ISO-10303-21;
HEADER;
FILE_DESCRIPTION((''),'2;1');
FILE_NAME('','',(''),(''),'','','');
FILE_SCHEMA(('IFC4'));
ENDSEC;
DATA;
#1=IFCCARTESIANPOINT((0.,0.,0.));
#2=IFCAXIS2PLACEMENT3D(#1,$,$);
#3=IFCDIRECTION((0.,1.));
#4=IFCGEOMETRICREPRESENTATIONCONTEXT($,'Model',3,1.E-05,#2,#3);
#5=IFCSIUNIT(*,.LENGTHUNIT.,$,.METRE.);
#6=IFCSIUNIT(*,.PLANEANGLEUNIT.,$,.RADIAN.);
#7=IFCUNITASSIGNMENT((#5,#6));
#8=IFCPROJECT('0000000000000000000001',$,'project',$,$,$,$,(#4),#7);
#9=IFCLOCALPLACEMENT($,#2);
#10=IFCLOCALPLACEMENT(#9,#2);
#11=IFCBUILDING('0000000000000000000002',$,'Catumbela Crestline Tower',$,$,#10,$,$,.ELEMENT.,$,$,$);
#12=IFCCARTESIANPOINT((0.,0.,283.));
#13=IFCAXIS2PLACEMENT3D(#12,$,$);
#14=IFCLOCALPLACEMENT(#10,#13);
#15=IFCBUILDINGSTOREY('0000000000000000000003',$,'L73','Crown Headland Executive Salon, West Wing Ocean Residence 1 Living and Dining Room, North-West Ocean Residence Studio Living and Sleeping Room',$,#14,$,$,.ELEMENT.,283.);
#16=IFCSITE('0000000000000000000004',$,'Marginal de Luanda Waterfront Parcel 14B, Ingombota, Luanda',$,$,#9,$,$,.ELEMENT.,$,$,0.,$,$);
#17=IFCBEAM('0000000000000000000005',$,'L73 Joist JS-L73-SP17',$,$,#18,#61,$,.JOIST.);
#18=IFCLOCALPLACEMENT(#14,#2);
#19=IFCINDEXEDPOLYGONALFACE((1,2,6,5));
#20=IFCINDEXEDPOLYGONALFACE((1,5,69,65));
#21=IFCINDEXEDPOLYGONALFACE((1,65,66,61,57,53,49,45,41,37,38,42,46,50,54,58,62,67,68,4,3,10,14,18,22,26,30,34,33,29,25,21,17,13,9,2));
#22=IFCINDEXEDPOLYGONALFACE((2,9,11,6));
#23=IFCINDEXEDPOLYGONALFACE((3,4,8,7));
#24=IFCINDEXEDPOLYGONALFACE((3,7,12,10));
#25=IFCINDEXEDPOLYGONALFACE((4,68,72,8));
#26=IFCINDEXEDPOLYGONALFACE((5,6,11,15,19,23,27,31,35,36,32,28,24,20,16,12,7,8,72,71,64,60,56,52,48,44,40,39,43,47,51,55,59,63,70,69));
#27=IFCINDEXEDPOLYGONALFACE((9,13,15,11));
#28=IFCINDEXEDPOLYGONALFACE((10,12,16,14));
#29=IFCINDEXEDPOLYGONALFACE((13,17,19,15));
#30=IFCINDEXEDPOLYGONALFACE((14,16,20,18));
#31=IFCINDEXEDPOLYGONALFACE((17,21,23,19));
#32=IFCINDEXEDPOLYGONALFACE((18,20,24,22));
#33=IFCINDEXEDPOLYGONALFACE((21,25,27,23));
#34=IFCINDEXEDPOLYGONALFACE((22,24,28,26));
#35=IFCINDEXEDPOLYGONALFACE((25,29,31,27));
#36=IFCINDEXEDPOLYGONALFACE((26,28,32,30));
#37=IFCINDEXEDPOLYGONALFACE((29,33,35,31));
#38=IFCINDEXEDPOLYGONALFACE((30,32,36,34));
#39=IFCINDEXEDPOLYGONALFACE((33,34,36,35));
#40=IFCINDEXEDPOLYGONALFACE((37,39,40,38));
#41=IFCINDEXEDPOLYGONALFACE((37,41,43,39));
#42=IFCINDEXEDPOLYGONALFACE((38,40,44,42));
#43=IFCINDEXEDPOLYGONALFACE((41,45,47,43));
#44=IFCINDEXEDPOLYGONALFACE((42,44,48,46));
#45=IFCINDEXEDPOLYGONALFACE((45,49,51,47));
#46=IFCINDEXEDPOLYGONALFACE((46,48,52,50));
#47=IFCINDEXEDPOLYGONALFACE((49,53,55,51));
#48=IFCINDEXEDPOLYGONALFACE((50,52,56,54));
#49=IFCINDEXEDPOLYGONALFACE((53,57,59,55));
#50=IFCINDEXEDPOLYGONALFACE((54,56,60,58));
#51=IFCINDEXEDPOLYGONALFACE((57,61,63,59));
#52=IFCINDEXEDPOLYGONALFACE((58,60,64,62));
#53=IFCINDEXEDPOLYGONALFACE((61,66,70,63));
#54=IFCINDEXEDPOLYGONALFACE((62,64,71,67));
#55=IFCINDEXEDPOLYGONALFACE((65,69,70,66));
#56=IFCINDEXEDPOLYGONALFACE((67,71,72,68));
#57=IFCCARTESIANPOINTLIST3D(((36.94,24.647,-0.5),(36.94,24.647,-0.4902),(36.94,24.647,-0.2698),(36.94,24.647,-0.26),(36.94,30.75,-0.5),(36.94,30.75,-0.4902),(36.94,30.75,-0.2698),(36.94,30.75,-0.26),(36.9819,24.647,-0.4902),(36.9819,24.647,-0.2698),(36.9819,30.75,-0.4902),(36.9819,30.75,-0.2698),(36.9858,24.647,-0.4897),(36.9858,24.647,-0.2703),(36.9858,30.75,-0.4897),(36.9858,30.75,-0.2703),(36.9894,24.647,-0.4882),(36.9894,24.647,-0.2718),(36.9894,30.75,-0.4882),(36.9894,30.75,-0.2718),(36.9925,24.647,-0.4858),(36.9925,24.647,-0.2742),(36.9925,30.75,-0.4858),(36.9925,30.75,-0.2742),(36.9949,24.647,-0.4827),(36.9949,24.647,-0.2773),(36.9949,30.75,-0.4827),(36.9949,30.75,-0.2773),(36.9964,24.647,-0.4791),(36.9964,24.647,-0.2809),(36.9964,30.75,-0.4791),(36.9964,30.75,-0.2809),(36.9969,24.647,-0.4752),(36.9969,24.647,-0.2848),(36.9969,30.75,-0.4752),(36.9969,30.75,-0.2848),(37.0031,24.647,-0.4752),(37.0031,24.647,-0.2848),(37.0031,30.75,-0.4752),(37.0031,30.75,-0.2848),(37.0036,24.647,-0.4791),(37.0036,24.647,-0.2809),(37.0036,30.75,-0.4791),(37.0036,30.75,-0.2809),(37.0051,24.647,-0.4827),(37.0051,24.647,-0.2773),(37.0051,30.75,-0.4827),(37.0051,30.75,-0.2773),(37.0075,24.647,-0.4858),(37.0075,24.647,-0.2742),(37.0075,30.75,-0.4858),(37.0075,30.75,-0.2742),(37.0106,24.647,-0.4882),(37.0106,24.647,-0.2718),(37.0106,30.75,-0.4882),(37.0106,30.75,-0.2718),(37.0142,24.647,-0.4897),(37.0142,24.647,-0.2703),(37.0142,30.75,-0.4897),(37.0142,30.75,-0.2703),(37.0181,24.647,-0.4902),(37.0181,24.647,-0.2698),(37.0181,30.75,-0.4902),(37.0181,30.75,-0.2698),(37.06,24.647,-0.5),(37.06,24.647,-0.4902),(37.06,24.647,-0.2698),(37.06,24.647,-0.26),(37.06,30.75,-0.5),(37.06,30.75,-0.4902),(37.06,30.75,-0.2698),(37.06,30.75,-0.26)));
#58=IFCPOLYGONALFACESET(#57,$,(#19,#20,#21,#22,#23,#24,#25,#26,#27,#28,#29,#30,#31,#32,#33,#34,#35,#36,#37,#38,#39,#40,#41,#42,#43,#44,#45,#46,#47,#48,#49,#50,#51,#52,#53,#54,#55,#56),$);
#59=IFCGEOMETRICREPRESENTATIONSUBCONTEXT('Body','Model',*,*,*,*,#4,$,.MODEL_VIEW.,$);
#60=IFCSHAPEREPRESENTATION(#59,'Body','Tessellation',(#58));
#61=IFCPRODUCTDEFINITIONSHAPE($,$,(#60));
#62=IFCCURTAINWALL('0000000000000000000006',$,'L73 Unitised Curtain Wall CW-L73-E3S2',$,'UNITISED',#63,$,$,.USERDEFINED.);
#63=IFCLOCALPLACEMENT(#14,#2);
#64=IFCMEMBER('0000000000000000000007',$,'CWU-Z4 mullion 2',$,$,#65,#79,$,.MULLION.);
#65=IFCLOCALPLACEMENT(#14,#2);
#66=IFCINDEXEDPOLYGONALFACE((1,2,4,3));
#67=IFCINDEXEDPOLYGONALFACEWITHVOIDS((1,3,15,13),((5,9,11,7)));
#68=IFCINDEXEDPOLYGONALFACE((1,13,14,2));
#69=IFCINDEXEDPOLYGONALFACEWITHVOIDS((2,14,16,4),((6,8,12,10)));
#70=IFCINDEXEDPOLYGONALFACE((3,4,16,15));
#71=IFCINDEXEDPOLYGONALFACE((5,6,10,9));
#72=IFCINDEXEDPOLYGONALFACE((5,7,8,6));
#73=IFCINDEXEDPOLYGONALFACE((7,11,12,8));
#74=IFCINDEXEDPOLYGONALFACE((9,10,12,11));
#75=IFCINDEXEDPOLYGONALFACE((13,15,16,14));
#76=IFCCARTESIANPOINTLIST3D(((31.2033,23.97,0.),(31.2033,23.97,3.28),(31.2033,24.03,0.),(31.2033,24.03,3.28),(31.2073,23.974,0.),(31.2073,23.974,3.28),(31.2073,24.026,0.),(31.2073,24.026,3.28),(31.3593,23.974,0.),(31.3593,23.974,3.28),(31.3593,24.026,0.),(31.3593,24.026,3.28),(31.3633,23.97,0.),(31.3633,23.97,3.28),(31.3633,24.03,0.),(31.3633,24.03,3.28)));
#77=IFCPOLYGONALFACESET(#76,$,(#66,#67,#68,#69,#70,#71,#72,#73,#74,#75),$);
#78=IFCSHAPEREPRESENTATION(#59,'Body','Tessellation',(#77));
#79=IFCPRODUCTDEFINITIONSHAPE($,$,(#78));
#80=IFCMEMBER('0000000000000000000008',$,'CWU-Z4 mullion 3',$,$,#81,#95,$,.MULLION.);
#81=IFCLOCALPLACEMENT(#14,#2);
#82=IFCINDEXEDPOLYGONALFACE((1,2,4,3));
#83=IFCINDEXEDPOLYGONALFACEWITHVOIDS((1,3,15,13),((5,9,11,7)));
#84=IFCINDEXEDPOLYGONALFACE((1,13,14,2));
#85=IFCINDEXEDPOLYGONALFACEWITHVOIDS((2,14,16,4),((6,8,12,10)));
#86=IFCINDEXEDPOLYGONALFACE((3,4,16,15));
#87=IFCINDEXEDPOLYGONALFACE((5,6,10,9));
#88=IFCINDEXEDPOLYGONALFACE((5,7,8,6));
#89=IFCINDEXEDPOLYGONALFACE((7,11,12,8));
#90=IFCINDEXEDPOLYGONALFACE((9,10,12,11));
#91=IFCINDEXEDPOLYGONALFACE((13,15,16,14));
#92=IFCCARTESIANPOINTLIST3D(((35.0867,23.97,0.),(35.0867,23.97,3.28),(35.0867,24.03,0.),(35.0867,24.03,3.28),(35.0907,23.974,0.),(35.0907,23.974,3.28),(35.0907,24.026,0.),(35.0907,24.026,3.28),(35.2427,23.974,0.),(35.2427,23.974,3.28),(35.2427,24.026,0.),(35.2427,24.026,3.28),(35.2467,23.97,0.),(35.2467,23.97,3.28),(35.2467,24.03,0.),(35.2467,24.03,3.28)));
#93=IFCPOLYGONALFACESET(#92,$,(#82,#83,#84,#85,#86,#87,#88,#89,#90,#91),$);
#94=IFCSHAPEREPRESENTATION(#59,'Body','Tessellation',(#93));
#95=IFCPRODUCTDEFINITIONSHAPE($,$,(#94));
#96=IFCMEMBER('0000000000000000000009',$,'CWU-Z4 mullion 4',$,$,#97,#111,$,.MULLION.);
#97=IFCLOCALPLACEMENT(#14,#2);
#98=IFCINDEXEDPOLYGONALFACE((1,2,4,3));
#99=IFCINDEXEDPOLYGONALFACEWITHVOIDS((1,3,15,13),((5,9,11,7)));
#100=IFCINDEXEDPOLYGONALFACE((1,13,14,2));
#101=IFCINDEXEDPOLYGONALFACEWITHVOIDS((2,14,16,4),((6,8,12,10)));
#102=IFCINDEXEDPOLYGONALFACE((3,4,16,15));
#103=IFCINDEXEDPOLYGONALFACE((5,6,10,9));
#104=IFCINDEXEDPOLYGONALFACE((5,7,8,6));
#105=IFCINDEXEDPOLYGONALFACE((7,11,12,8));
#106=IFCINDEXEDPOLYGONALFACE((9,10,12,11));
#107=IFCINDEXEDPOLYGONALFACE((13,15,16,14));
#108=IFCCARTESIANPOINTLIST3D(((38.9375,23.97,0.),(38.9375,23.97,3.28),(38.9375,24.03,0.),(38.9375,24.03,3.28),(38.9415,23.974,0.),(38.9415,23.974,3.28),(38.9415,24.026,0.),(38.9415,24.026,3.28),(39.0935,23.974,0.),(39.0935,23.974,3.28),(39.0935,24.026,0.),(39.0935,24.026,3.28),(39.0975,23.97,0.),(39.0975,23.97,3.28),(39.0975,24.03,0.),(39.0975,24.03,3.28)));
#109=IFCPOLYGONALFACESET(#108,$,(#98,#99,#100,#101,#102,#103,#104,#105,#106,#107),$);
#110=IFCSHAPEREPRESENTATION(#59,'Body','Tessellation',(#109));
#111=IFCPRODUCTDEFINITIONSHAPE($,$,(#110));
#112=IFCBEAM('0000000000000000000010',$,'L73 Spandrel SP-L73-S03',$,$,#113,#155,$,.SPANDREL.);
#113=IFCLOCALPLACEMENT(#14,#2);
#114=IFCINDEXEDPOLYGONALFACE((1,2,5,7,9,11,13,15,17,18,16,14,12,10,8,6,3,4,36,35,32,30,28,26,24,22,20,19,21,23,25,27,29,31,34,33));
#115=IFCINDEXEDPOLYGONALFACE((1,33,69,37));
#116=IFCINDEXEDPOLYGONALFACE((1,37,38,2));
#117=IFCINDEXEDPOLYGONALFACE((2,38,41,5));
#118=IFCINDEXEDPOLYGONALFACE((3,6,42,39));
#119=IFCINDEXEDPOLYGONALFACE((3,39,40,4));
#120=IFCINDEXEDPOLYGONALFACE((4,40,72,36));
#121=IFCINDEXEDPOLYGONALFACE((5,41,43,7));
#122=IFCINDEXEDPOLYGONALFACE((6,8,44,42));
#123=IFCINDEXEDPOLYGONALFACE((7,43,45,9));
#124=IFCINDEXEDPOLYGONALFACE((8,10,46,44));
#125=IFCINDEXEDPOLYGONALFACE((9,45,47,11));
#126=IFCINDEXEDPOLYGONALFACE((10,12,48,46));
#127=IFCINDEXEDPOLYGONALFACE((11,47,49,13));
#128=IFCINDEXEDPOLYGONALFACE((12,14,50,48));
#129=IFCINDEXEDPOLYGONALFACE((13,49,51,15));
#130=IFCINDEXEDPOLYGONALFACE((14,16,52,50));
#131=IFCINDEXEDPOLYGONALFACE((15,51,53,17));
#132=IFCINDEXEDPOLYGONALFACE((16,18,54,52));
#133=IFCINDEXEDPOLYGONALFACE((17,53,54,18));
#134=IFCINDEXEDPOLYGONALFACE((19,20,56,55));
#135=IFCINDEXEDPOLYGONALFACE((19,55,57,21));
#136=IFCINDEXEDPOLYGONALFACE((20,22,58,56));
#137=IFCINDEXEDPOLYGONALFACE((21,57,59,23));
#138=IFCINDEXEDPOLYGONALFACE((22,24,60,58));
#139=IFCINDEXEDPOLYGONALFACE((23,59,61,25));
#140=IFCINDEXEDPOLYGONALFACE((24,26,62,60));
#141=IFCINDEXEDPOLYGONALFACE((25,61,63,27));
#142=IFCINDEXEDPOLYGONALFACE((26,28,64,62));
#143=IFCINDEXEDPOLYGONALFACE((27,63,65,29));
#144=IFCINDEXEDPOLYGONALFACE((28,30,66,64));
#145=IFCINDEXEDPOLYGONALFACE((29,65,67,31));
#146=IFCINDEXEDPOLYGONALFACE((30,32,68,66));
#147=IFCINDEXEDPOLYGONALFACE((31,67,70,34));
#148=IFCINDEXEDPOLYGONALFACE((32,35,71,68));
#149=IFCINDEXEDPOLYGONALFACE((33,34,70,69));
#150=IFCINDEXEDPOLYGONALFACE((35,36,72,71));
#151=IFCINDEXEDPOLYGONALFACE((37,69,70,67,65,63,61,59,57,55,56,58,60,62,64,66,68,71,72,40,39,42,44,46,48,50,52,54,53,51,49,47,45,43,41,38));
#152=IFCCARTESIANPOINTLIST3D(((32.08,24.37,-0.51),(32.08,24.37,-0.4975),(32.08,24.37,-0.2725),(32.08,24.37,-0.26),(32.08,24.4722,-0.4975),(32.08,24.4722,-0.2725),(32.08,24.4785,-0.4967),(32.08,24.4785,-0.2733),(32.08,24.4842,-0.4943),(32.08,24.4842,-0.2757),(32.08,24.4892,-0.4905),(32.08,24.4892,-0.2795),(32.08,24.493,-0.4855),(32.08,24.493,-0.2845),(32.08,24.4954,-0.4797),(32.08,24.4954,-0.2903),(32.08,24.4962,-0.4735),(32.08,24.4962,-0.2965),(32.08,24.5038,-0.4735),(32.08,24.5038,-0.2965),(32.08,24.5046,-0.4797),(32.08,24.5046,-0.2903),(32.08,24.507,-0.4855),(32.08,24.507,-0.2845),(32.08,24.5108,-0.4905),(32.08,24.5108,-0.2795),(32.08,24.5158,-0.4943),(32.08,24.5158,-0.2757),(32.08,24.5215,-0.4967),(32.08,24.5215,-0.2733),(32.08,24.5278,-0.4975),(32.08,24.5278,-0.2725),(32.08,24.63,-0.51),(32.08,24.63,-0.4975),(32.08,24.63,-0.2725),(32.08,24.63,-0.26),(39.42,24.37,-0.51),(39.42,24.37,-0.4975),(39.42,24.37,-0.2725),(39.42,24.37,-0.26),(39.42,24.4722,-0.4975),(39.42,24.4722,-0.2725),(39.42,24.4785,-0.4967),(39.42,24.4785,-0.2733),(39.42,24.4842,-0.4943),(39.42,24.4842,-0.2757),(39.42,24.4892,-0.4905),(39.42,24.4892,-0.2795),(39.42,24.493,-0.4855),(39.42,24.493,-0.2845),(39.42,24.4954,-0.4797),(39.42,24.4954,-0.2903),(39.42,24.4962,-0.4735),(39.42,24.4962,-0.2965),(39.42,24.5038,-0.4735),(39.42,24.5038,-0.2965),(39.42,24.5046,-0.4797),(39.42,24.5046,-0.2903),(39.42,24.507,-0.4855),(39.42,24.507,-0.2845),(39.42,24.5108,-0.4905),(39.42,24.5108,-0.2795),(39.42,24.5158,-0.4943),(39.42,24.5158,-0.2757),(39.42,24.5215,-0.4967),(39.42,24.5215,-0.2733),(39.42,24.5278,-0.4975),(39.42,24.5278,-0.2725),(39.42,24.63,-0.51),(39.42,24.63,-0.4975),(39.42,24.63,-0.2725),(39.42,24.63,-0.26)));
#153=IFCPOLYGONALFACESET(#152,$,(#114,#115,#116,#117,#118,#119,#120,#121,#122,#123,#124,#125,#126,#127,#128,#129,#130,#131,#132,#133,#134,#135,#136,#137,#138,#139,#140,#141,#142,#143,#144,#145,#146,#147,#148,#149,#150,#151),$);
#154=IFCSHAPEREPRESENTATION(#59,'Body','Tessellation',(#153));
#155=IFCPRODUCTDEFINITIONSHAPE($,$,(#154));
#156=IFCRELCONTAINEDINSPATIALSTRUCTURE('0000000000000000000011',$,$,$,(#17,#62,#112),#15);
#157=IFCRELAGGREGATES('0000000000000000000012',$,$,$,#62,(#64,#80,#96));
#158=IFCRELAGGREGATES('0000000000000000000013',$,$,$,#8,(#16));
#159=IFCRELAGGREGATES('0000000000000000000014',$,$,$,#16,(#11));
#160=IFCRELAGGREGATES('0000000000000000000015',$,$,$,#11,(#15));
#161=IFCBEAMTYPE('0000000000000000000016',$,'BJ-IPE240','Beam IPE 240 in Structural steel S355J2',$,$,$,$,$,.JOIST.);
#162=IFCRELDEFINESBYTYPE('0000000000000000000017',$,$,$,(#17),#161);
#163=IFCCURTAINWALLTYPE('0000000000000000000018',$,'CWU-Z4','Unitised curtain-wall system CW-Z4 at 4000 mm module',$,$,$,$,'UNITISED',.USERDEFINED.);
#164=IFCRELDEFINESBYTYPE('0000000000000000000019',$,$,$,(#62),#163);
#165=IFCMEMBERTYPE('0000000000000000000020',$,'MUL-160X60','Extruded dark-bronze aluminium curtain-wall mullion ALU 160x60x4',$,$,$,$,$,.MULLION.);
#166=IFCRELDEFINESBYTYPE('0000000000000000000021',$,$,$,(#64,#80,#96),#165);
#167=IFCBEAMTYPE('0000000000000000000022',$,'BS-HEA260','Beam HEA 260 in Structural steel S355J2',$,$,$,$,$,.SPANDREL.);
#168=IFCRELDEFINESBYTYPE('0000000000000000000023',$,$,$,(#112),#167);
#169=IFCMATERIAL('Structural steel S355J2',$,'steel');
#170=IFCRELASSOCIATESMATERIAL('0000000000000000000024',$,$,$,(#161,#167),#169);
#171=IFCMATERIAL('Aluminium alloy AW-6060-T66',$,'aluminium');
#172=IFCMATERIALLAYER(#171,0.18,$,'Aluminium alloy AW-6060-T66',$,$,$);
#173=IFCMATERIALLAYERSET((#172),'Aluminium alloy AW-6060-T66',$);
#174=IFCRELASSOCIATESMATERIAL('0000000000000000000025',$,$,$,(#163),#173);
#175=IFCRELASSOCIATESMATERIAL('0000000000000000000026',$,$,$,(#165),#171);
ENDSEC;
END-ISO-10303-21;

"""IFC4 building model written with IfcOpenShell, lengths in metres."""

from ifc_helpers import new_model, si_unit, direction, frame, origin, origin_2d, place, context, subcontext, project, spatial, hollow_rectangle, i_section, extrude, material, layer, layer_set, material_profile, profile_set, type_object, element, aggregate, save


model = new_model("IFC4")

# Units and contexts
model_context = context("Model", 3, precision=1e-05, world=origin(), true_north=direction((0.0, 1.0)))
body_context = subcontext(model_context, "Body", "Model", "MODEL_VIEW")
ifc_project = project(units=[si_unit("LENGTHUNIT", "METRE"), si_unit("PLANEANGLEUNIT", "RADIAN")], contexts=[model_context])

# Site, building, storey
site_placement = place(None, origin())
site = spatial("IfcSite", under=ifc_project, at=site_placement, Name="Marginal de Luanda Waterfront Parcel 14B, Ingombota, Luanda", CompositionType="ELEMENT", RefElevation=0.0)
building_placement = place(site_placement, origin())
building = spatial("IfcBuilding", under=site, at=building_placement, Name="Catumbela Crestline Tower", CompositionType="ELEMENT")
storey_placement = place(building_placement, frame((0.0, 0.0, 283.0)))
storey = spatial("IfcBuildingStorey", under=building, at=storey_placement, Name="L73", Description="Crown Headland Executive Salon, West Wing Ocean Residence 1 Living and Dining Room, North-West Ocean Residence Studio Living and Sleeping Room", CompositionType="ELEMENT", Elevation=283.0)

# Beam
ifc_material_1 = material(Name="Structural steel S355J2", Category="steel")
ifc_material_profile_1 = material_profile(ifc_material_1, i_section(OverallWidth=0.12, OverallDepth=0.24, WebThickness=0.0062, FlangeThickness=0.0098, FilletRadius=0.015, at=origin_2d()), Name="IPE 240")
ifc_profile_set_1 = profile_set([ifc_material_profile_1], Name="Structural steel S355J2")
beam_type_1 = type_object("IfcBeamType", Name="BJ-IPE240", Description="Beam IPE 240 in Structural steel S355J2", PredefinedType="JOIST", material=ifc_profile_set_1)
for number, where, z_axis, x_axis, name in (
    (1, (37.0, 24.647, -0.38), (0.0, 1.0, 0.0), (-1.0, 0.0, 0.0), "L73 Joist JS-L73-SP17"),
):
    element("IfcBeam", number, at=place(storey_placement, frame(where, z_axis=z_axis, x_axis=x_axis)), inside=storey, type_object=beam_type_1, Name=name, PredefinedType="JOIST", context=body_context, shape_type="SweptSolid", body=[
        extrude(i_section(OverallWidth=0.12, OverallDepth=0.24, WebThickness=0.0062, FlangeThickness=0.0098, FilletRadius=0.015, at=origin_2d()), origin(), (0.0, 0.0, 1.0), 6.103),
    ])

# Curtain wall, members
ifc_material_2 = material(Name="Aluminium alloy AW-6060-T66", Category="aluminium")
ifc_layer_1 = layer(ifc_material_2, 0.18, Name="Aluminium alloy AW-6060-T66")
ifc_layer_set_1 = layer_set([ifc_layer_1], Name="Aluminium alloy AW-6060-T66")
curtain_wall_type = type_object("IfcCurtainWallType", Name="CWU-Z4", Description="Unitised curtain-wall system CW-Z4 at 4000 mm module", ElementType="UNITISED", PredefinedType="USERDEFINED", material=ifc_layer_set_1)
curtain_wall_placement = place(storey_placement, origin())
curtain_wall = element("IfcCurtainWall", 2, at=curtain_wall_placement, inside=storey, type_object=curtain_wall_type, Name="L73 Unitised Curtain Wall CW-L73-E3S2", ObjectType="UNITISED", PredefinedType="USERDEFINED")
ifc_material_profile_2 = material_profile(ifc_material_2, hollow_rectangle(XDim=0.06, YDim=0.16, WallThickness=0.004, at=origin_2d()), Name="ALU 160x60x4")
ifc_profile_set_2 = profile_set([ifc_material_profile_2], Name="Aluminium alloy AW-6060-T66")
member_type_1 = type_object("IfcMemberType", Name="MUL-160X60", Description="Extruded dark-bronze aluminium curtain-wall mullion ALU 160x60x4", PredefinedType="MULLION", material=ifc_profile_set_2)
member_1_placement = place(storey_placement, frame((31.2833, 24.0, 0.0), z_axis=(0.0, 0.0, 1.0), x_axis=(0.0, 1.0, 0.0)))
member_1 = element("IfcMember", 3, at=member_1_placement, type_object=member_type_1, Name="CWU-Z4 mullion 2", PredefinedType="MULLION", context=body_context, shape_type="SweptSolid", body=[
    extrude(hollow_rectangle(XDim=0.06, YDim=0.16, WallThickness=0.004, at=origin_2d()), origin(), (0.0, 0.0, 1.0), 3.28),
])
member_2_placement = place(storey_placement, frame((35.1667, 24.0, 0.0), z_axis=(0.0, 0.0, 1.0), x_axis=(0.0, 1.0, 0.0)))
member_2 = element("IfcMember", 4, at=member_2_placement, type_object=member_type_1, Name="CWU-Z4 mullion 3", PredefinedType="MULLION", context=body_context, shape_type="SweptSolid", body=[
    extrude(hollow_rectangle(XDim=0.06, YDim=0.16, WallThickness=0.004, at=origin_2d()), origin(), (0.0, 0.0, 1.0), 3.28),
])
member_3_placement = place(storey_placement, frame((39.0175, 24.0, 0.0), z_axis=(0.0, 0.0, 1.0), x_axis=(0.0, 1.0, 0.0)))
member_3 = element("IfcMember", 5, at=member_3_placement, type_object=member_type_1, Name="CWU-Z4 mullion 4", PredefinedType="MULLION", context=body_context, shape_type="SweptSolid", body=[
    extrude(hollow_rectangle(XDim=0.06, YDim=0.16, WallThickness=0.004, at=origin_2d()), origin(), (0.0, 0.0, 1.0), 3.28),
])

# Beam
ifc_material_profile_3 = material_profile(ifc_material_1, i_section(OverallWidth=0.26, OverallDepth=0.25, WebThickness=0.0075, FlangeThickness=0.0125, FilletRadius=0.024, at=origin_2d()), Name="HEA 260")
ifc_profile_set_3 = profile_set([ifc_material_profile_3], Name="Structural steel S355J2")
beam_type_2 = type_object("IfcBeamType", Name="BS-HEA260", Description="Beam HEA 260 in Structural steel S355J2", PredefinedType="SPANDREL", material=ifc_profile_set_3)
beam_1_placement = place(storey_placement, frame((32.08, 24.5, -0.385), z_axis=(1.0, 0.0, 0.0), x_axis=(0.0, 1.0, 0.0)))
element("IfcBeam", 6, at=beam_1_placement, inside=storey, type_object=beam_type_2, Name="L73 Spandrel SP-L73-S03", PredefinedType="SPANDREL", context=body_context, shape_type="SweptSolid", body=[
    extrude(i_section(OverallWidth=0.26, OverallDepth=0.25, WebThickness=0.0075, FlangeThickness=0.0125, FilletRadius=0.024, at=origin_2d()), origin(), (0.0, 0.0, 1.0), 7.34),
])

aggregate(curtain_wall, [member_1, member_2, member_3])

save(model, "model.ifc")
